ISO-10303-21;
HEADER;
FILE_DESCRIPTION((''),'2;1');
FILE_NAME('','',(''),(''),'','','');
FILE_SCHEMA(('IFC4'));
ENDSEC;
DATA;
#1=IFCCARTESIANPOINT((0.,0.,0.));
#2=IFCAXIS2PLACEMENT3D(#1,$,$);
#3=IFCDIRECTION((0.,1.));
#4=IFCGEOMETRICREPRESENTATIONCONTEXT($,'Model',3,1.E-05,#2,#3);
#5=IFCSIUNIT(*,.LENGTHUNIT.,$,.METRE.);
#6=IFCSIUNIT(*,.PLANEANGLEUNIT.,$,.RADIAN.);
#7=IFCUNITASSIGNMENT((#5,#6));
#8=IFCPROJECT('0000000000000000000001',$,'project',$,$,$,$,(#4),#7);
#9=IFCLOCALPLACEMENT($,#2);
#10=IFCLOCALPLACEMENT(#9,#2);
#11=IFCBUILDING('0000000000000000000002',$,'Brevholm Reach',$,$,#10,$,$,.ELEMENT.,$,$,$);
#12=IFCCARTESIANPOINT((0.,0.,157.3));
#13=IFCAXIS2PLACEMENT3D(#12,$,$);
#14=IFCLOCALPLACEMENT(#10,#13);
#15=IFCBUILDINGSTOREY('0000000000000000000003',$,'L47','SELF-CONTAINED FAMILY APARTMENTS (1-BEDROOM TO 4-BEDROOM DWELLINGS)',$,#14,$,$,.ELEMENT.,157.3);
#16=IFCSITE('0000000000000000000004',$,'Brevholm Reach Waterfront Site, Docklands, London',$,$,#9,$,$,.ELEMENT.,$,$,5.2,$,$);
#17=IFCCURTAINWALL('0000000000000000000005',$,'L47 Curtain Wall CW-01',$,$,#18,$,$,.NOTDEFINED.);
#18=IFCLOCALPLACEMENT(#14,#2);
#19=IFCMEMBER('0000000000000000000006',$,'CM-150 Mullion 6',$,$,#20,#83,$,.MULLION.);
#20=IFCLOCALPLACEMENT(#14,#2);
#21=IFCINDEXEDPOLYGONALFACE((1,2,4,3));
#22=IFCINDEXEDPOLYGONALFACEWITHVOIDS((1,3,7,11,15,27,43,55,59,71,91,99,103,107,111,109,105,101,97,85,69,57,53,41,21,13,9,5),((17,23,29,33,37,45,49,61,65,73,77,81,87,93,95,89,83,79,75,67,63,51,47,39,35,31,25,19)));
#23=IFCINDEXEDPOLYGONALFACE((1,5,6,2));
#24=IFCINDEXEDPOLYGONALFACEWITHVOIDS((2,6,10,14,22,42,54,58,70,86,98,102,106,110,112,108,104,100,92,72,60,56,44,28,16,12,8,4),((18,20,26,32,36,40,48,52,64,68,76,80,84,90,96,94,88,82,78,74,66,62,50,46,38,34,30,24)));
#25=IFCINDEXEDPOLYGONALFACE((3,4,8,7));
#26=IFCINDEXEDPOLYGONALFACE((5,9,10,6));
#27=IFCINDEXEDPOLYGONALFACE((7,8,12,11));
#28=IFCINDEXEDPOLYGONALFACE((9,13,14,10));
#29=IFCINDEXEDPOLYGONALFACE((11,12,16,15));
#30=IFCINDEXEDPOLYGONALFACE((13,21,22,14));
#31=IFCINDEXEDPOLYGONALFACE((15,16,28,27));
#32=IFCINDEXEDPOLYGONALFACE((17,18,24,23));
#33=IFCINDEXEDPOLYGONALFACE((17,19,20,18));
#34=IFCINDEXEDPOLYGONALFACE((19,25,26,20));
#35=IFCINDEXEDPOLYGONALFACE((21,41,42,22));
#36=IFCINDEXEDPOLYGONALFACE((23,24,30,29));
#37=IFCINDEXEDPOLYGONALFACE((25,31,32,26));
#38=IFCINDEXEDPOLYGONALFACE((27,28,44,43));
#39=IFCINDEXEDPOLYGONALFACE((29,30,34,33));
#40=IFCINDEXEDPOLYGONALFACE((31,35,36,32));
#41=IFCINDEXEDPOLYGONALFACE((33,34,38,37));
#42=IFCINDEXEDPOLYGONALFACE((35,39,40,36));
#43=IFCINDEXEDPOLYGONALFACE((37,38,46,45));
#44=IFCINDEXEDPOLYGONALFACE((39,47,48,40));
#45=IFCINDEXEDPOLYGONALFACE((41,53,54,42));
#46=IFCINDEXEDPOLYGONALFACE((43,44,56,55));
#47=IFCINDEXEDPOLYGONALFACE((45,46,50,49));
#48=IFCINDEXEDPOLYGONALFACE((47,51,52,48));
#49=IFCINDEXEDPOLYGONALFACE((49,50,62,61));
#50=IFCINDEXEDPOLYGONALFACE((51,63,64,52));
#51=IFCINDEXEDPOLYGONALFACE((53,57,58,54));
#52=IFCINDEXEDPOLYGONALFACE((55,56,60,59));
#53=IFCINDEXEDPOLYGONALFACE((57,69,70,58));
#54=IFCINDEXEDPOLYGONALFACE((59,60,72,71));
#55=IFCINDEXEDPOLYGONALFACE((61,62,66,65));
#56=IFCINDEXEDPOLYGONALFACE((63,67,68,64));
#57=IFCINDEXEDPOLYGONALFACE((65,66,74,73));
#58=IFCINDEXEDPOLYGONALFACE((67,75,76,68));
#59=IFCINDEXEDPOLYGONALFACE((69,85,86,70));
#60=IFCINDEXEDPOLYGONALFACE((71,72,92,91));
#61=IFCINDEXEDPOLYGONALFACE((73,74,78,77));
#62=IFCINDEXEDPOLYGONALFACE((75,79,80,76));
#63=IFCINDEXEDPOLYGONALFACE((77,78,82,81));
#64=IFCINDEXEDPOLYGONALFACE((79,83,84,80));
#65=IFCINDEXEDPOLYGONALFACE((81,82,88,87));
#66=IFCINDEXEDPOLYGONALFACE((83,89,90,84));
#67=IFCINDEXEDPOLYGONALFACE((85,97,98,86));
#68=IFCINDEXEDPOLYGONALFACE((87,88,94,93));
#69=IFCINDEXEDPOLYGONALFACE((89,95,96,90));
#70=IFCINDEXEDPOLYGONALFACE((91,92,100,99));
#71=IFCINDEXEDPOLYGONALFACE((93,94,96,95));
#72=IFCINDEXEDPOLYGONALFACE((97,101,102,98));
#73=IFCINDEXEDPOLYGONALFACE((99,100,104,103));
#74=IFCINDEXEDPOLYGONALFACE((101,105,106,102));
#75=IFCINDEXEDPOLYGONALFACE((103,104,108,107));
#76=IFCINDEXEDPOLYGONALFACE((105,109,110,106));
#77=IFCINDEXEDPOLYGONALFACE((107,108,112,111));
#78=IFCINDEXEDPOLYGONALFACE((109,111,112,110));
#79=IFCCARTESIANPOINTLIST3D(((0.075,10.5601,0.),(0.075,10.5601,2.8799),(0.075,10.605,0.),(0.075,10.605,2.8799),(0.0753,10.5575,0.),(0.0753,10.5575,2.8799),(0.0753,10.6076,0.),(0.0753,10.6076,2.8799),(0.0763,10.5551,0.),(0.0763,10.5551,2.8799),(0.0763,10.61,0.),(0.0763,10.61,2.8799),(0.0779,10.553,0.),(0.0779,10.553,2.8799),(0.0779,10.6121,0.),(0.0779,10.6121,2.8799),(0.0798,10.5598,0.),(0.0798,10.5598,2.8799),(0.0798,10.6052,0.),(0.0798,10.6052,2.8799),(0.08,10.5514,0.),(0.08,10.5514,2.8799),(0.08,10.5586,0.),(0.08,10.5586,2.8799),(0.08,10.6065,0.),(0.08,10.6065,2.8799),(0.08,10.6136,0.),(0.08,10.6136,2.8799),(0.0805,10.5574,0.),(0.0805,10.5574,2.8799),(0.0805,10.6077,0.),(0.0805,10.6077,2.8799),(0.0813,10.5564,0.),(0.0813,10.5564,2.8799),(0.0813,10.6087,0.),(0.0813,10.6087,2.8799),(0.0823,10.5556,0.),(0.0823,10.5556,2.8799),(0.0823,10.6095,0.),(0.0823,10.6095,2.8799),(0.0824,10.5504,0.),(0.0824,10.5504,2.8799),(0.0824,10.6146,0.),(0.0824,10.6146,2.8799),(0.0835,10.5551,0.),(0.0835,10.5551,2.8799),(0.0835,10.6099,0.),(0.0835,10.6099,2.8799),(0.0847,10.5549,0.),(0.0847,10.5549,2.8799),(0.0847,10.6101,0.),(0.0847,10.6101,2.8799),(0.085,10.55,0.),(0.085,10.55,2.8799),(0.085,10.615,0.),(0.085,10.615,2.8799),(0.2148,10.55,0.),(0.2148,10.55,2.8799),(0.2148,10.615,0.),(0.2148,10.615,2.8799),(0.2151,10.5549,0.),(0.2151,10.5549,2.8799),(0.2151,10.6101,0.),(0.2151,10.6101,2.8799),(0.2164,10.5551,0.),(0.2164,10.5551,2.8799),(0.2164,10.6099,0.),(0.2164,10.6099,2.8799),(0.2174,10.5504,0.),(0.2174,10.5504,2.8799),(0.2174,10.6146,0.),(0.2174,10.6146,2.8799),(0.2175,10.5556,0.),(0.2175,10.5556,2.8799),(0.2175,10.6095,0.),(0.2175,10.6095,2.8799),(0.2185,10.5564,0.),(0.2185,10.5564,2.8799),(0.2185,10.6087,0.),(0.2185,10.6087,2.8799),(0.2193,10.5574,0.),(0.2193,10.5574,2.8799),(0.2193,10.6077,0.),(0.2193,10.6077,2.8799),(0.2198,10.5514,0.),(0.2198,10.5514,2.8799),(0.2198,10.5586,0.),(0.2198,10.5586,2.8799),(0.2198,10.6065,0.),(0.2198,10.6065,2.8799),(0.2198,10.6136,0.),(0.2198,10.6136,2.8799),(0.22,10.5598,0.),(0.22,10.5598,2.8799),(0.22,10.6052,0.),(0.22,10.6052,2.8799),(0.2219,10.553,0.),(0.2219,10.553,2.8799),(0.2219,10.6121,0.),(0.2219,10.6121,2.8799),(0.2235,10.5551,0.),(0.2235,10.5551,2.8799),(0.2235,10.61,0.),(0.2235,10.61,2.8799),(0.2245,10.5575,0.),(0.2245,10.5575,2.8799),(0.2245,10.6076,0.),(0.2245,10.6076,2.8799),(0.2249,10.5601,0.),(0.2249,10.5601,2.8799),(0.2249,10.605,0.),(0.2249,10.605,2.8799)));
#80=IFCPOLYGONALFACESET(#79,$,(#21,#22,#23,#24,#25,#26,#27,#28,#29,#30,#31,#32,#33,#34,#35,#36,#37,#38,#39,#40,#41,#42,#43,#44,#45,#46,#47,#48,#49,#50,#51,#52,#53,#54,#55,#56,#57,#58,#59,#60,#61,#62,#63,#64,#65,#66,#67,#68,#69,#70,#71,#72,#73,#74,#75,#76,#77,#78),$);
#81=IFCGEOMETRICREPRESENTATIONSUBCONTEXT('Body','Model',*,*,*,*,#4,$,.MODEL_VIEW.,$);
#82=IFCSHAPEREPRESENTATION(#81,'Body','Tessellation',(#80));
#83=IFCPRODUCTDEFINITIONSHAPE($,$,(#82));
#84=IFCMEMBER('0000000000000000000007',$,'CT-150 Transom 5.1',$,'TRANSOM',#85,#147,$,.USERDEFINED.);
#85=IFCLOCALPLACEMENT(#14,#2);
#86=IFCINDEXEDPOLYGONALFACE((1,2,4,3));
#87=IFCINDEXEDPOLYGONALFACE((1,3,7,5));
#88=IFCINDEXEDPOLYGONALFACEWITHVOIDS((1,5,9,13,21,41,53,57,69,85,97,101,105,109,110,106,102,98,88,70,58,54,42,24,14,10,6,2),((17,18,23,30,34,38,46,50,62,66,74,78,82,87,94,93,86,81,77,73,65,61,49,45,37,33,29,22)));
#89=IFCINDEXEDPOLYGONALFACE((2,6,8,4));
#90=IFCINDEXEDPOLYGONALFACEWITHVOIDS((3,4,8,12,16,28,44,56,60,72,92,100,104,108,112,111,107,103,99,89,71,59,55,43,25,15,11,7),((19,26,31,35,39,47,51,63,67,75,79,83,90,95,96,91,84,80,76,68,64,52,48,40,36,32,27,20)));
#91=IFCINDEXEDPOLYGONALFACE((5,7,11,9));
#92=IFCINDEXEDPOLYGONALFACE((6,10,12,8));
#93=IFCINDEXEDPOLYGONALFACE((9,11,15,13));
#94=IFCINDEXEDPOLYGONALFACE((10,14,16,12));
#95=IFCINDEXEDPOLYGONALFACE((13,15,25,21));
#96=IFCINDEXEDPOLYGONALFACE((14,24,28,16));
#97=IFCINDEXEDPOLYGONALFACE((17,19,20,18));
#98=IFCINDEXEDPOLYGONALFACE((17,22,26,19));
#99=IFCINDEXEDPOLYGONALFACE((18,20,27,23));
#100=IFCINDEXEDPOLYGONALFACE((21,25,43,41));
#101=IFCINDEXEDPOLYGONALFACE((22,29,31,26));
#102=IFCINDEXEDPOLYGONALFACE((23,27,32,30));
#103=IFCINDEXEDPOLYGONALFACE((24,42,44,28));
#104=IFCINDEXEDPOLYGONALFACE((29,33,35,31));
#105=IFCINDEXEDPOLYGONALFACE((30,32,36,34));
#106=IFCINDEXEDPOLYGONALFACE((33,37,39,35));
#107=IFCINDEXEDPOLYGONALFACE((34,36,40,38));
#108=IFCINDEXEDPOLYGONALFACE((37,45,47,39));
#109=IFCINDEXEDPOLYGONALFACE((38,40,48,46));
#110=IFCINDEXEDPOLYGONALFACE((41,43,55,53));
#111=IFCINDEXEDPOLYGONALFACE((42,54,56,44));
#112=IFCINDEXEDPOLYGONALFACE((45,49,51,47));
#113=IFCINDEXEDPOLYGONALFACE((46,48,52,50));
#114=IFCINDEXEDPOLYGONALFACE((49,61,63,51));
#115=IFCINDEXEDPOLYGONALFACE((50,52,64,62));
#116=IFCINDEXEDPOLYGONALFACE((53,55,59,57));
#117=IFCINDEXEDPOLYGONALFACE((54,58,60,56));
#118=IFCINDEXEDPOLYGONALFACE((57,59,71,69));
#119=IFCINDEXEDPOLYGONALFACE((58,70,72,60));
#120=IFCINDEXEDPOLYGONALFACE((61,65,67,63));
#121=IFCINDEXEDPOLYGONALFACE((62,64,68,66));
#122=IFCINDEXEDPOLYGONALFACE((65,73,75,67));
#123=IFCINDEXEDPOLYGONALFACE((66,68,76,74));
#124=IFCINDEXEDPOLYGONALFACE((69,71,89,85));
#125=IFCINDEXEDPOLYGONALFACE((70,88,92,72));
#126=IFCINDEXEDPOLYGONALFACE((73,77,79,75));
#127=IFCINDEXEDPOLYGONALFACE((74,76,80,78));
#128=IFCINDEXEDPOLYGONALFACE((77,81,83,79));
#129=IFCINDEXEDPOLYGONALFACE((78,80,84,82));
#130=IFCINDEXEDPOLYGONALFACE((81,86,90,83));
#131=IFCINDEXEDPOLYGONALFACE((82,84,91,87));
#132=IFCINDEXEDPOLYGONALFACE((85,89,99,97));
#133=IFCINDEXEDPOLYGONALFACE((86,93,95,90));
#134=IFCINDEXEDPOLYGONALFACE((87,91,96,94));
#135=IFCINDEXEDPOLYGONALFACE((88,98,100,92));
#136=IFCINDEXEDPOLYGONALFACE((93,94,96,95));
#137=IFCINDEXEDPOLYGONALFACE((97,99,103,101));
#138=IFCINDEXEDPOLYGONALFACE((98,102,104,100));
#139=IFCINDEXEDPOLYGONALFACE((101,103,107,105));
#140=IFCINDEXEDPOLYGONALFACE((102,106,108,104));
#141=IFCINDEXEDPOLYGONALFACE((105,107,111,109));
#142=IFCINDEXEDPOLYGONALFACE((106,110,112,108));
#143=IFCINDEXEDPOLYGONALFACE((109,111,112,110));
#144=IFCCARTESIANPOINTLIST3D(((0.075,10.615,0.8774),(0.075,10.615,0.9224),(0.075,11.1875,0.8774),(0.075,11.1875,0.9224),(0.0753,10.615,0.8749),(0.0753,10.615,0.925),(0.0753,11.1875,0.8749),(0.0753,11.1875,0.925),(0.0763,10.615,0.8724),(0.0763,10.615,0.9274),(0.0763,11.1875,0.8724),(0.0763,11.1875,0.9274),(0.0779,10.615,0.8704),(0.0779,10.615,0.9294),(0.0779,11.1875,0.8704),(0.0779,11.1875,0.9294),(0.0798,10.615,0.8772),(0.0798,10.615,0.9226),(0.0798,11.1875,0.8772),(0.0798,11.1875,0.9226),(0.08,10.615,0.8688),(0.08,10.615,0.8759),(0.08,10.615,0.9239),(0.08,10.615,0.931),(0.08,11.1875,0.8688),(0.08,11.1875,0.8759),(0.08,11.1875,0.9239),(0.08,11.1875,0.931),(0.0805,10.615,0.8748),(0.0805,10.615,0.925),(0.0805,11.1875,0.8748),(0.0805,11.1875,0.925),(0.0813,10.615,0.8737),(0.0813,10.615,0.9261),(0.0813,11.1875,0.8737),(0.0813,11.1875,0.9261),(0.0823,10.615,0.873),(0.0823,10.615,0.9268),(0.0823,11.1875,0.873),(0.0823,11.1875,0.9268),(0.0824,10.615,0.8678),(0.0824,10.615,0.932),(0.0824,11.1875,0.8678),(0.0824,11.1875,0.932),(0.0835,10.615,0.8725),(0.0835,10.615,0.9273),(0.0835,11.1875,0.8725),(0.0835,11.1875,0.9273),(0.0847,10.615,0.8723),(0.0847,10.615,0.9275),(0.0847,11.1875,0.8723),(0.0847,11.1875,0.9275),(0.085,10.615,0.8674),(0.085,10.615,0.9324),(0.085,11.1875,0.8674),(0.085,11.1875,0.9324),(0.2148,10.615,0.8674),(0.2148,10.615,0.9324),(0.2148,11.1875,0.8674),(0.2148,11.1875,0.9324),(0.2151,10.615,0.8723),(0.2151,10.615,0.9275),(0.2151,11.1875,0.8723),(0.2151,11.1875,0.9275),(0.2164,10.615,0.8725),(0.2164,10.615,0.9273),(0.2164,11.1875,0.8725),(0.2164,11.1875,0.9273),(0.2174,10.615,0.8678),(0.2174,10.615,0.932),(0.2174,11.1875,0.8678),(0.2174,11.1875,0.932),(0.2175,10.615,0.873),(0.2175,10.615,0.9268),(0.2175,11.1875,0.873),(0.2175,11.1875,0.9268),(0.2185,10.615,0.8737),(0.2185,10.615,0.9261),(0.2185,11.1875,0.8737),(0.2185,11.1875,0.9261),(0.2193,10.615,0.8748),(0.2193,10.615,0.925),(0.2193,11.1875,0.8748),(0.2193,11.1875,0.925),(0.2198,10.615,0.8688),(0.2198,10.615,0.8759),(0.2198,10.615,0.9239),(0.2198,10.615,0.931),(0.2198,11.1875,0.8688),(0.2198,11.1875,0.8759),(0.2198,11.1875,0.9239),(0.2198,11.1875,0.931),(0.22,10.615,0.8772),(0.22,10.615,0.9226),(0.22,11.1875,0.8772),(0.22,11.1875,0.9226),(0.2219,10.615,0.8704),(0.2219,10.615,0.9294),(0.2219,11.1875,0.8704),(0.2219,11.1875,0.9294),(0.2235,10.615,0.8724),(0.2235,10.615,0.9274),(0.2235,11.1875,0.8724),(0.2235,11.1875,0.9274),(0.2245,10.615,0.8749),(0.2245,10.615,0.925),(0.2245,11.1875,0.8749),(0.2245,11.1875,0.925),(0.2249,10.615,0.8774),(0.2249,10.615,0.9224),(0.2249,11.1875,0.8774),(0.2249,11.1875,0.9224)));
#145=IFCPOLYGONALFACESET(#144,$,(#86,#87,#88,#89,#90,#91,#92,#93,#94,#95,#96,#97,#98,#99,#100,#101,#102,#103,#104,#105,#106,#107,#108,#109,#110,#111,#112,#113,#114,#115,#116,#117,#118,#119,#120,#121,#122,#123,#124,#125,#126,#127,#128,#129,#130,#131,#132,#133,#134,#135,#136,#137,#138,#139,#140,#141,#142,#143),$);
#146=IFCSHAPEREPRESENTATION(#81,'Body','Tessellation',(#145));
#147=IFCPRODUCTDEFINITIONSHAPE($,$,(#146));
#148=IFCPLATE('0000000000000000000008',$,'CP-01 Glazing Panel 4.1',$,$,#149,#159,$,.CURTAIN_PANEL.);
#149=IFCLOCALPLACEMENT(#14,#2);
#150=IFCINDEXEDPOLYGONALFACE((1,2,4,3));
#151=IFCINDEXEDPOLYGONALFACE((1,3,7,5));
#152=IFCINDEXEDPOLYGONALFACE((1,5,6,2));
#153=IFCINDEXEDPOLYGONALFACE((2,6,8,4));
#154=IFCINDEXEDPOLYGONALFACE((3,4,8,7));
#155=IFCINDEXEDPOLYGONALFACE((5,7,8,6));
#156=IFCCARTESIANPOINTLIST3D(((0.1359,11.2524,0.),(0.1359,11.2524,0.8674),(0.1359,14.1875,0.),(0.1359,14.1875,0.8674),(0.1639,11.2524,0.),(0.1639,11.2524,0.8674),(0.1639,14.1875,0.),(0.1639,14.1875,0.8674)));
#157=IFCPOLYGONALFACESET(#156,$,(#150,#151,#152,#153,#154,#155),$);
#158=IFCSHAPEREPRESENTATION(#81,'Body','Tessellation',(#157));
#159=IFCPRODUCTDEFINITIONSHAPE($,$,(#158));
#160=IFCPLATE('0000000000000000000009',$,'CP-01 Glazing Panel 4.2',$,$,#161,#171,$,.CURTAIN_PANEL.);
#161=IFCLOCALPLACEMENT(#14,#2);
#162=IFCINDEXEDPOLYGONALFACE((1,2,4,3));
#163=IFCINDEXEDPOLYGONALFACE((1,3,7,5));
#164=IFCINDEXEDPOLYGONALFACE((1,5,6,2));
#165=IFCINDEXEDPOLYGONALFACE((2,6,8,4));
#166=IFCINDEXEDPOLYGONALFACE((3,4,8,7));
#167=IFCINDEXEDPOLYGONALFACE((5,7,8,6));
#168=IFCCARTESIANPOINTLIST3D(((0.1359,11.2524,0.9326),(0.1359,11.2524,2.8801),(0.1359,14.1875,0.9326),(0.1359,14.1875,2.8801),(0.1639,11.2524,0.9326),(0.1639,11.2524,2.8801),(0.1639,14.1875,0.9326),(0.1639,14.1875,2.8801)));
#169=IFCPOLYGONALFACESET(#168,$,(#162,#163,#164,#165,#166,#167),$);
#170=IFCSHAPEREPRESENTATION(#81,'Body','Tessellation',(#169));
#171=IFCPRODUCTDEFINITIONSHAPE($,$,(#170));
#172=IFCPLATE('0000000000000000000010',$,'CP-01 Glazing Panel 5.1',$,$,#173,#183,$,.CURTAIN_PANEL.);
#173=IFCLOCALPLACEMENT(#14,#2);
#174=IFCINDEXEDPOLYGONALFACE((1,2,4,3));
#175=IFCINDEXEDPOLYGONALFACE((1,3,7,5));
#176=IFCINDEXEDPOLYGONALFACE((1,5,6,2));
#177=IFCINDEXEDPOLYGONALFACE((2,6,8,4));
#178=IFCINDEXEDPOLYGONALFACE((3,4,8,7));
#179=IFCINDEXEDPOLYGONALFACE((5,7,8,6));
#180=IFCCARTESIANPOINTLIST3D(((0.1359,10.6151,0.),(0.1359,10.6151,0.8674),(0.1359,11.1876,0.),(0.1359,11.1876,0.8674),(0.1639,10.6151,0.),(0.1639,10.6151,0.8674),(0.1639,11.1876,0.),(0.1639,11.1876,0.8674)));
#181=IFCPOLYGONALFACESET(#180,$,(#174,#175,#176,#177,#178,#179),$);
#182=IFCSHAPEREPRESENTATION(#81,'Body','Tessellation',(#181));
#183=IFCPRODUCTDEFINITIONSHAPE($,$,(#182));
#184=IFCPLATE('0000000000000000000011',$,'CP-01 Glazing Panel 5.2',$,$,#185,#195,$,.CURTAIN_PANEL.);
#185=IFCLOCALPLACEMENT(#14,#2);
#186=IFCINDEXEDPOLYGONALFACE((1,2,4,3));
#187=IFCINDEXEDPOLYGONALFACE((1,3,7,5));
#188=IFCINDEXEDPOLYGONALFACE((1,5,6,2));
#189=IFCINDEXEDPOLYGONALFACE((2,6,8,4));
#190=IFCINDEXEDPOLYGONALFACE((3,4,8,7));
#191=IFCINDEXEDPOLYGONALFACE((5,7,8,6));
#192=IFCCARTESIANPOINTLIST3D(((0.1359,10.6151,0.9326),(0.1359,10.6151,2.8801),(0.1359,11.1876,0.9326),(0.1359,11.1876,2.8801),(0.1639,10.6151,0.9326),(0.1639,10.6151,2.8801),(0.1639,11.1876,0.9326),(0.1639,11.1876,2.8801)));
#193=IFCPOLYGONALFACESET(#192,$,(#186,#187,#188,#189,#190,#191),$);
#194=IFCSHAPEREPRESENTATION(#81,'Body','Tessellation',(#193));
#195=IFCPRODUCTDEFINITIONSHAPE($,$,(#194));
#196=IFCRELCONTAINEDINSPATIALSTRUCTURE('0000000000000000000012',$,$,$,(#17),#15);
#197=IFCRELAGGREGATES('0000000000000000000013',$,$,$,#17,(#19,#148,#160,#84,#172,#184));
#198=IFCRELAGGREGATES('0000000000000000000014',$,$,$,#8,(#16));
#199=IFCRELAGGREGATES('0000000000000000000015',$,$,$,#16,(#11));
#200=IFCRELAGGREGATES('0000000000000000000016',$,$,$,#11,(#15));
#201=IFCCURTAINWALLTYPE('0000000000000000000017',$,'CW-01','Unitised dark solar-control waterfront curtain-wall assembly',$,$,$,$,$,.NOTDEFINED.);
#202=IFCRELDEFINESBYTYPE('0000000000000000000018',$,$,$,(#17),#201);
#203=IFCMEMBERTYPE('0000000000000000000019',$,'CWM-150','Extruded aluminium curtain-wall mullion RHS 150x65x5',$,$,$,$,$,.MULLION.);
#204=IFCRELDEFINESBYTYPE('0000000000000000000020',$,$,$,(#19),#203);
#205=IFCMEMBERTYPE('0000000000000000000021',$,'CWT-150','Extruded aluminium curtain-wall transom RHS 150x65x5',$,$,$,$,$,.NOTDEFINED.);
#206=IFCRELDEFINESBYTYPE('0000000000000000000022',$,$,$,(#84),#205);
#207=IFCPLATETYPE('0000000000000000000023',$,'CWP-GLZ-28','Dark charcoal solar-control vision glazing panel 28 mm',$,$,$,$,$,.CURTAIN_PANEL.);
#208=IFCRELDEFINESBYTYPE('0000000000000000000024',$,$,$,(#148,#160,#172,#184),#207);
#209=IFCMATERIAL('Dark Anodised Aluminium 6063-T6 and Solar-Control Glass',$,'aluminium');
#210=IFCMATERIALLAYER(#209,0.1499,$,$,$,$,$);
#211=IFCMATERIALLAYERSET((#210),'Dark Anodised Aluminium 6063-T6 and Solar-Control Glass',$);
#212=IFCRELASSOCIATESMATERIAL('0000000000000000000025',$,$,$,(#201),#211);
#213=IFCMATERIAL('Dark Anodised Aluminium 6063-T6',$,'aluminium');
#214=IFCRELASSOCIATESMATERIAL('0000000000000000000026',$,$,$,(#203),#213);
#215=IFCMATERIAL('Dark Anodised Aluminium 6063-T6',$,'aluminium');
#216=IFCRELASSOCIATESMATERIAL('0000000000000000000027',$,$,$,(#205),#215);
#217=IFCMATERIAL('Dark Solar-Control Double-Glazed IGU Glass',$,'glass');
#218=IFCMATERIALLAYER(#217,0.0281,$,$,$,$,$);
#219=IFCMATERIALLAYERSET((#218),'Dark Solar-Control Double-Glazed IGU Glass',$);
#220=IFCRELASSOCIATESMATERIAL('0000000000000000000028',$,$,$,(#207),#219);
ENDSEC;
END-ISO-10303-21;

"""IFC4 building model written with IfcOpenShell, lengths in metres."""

from ifc_helpers import new_model, si_unit, direction, frame, origin, origin_2d, place, context, subcontext, project, spatial, rectangle, hollow_rectangle, extrude, material, layer, layer_set, material_profile, profile_set, type_object, element, aggregate, save


model = new_model("IFC4")

# Units and contexts
model_context = context("Model", 3, precision=1e-05, world=origin(), true_north=direction((0.0, 1.0)))
body_context = subcontext(model_context, "Body", "Model", "MODEL_VIEW")
ifc_project = project(units=[si_unit("LENGTHUNIT", "METRE"), si_unit("PLANEANGLEUNIT", "RADIAN")], contexts=[model_context])

# Site, building, storey
site_placement = place(None, origin())
site = spatial("IfcSite", under=ifc_project, at=site_placement, Name="Brevholm Reach Waterfront Site, Docklands, London", CompositionType="ELEMENT", RefElevation=5.2)
building_placement = place(site_placement, origin())
building = spatial("IfcBuilding", under=site, at=building_placement, Name="Brevholm Reach", CompositionType="ELEMENT")
storey_placement = place(building_placement, frame((0.0, 0.0, 157.3)))
storey = spatial("IfcBuildingStorey", under=building, at=storey_placement, Name="L47", Description="SELF-CONTAINED FAMILY APARTMENTS (1-BEDROOM TO 4-BEDROOM DWELLINGS)", CompositionType="ELEMENT", Elevation=157.3)

# Curtain wall, members, plates
ifc_material_1 = material(Name="Dark Anodised Aluminium 6063-T6 and Solar-Control Glass", Category="aluminium")
ifc_layer_1 = layer(ifc_material_1, 0.1499)
ifc_layer_set_1 = layer_set([ifc_layer_1], Name="Dark Anodised Aluminium 6063-T6 and Solar-Control Glass")
curtain_wall_type = type_object("IfcCurtainWallType", Name="CW-01", Description="Unitised dark solar-control waterfront curtain-wall assembly", PredefinedType="NOTDEFINED", material=ifc_layer_set_1)
curtain_wall_placement = place(storey_placement, origin())
curtain_wall = element("IfcCurtainWall", 1, at=curtain_wall_placement, inside=storey, type_object=curtain_wall_type, Name="L47 Curtain Wall CW-01", PredefinedType="NOTDEFINED")
ifc_material_2 = material(Name="Dark Anodised Aluminium 6063-T6", Category="aluminium")
ifc_material_profile_1 = material_profile(ifc_material_2, hollow_rectangle(XDim=0.0649, YDim=0.1499, WallThickness=0.0049, InnerFilletRadius=0.0049, OuterFilletRadius=0.01, at=origin_2d()), Name="RHS 150x65x5")
ifc_profile_set_1 = profile_set([ifc_material_profile_1], Name="Dark Anodised Aluminium 6063-T6")
member_type_1 = type_object("IfcMemberType", Name="CWM-150", Description="Extruded aluminium curtain-wall mullion RHS 150x65x5", PredefinedType="MULLION", material=ifc_profile_set_1)
member_1_placement = place(storey_placement, frame((0.1499, 10.5825, 0.0), z_axis=(0.0, 0.0, 1.0), x_axis=(0.0, -1.0, 0.0)))
member_1 = element("IfcMember", 2, at=member_1_placement, type_object=member_type_1, Name="CM-150 Mullion 6", PredefinedType="MULLION", context=body_context, shape_type="SweptSolid", body=[
    extrude(hollow_rectangle(XDim=0.0649, YDim=0.1499, WallThickness=0.0049, InnerFilletRadius=0.0049, OuterFilletRadius=0.01, at=origin_2d()), origin(), (0.0, 0.0, 1.0), 2.8799),
])
ifc_material_3 = material(Name="Dark Anodised Aluminium 6063-T6", Category="aluminium")
ifc_material_profile_2 = material_profile(ifc_material_3, hollow_rectangle(XDim=0.0649, YDim=0.1499, WallThickness=0.0049, InnerFilletRadius=0.0049, OuterFilletRadius=0.01, at=origin_2d()), Name="RHS 150x65x5")
ifc_profile_set_2 = profile_set([ifc_material_profile_2], Name="Dark Anodised Aluminium 6063-T6")
member_type_2 = type_object("IfcMemberType", Name="CWT-150", Description="Extruded aluminium curtain-wall transom RHS 150x65x5", PredefinedType="NOTDEFINED", material=ifc_profile_set_2)
member_2_placement = place(storey_placement, frame((0.1499, 11.1875, 0.8999), z_axis=(0.0, -1.0, 0.0), x_axis=(0.0, 0.0, 1.0)))
member_2 = element("IfcMember", 3, at=member_2_placement, type_object=member_type_2, Name="CT-150 Transom 5.1", ObjectType="TRANSOM", PredefinedType="USERDEFINED", context=body_context, shape_type="SweptSolid", body=[
    extrude(hollow_rectangle(XDim=0.0649, YDim=0.1499, WallThickness=0.0049, InnerFilletRadius=0.0049, OuterFilletRadius=0.01, at=origin_2d()), origin(), (0.0, 0.0, 1.0), 0.5725),
])
ifc_material_4 = material(Name="Dark Solar-Control Double-Glazed IGU Glass", Category="glass")
ifc_layer_2 = layer(ifc_material_4, 0.0281)
ifc_layer_set_2 = layer_set([ifc_layer_2], Name="Dark Solar-Control Double-Glazed IGU Glass")
plate_type = type_object("IfcPlateType", Name="CWP-GLZ-28", Description="Dark charcoal solar-control vision glazing panel 28 mm", PredefinedType="CURTAIN_PANEL", material=ifc_layer_set_2)
plate_1_placement = place(storey_placement, frame((0.1499, 12.72, 0.0), z_axis=(0.0, 0.0, 1.0), x_axis=(0.0, -1.0, 0.0)))
plate_1 = element("IfcPlate", 4, at=plate_1_placement, type_object=plate_type, Name="CP-01 Glazing Panel 4.1", PredefinedType="CURTAIN_PANEL", context=body_context, shape_type="SweptSolid", body=[
    extrude(rectangle(XDim=2.9351, YDim=0.0281, at=origin_2d()), origin(), (0.0, 0.0, 1.0), 0.8674),
])
plate_2_placement = place(storey_placement, frame((0.1499, 12.72, 0.9326), z_axis=(0.0, 0.0, 1.0), x_axis=(0.0, -1.0, 0.0)))
plate_2 = element("IfcPlate", 5, at=plate_2_placement, type_object=plate_type, Name="CP-01 Glazing Panel 4.2", PredefinedType="CURTAIN_PANEL", context=body_context, shape_type="SweptSolid", body=[
    extrude(rectangle(XDim=2.9351, YDim=0.0281, at=origin_2d()), origin(), (0.0, 0.0, 1.0), 1.9475),
])
plate_3_placement = place(storey_placement, frame((0.1499, 10.9014, 0.0), z_axis=(0.0, 0.0, 1.0), x_axis=(0.0, -1.0, 0.0)))
plate_3 = element("IfcPlate", 6, at=plate_3_placement, type_object=plate_type, Name="CP-01 Glazing Panel 5.1", PredefinedType="CURTAIN_PANEL", context=body_context, shape_type="SweptSolid", body=[
    extrude(rectangle(XDim=0.5725, YDim=0.0281, at=origin_2d()), origin(), (0.0, 0.0, 1.0), 0.8674),
])
plate_4_placement = place(storey_placement, frame((0.1499, 10.9014, 0.9326), z_axis=(0.0, 0.0, 1.0), x_axis=(0.0, -1.0, 0.0)))
plate_4 = element("IfcPlate", 7, at=plate_4_placement, type_object=plate_type, Name="CP-01 Glazing Panel 5.2", PredefinedType="CURTAIN_PANEL", context=body_context, shape_type="SweptSolid", body=[
    extrude(rectangle(XDim=0.5725, YDim=0.0281, at=origin_2d()), origin(), (0.0, 0.0, 1.0), 1.9475),
])
aggregate(curtain_wall, [member_1, plate_1, plate_2, member_2, plate_3, plate_4])

save(model, "model.ifc")
